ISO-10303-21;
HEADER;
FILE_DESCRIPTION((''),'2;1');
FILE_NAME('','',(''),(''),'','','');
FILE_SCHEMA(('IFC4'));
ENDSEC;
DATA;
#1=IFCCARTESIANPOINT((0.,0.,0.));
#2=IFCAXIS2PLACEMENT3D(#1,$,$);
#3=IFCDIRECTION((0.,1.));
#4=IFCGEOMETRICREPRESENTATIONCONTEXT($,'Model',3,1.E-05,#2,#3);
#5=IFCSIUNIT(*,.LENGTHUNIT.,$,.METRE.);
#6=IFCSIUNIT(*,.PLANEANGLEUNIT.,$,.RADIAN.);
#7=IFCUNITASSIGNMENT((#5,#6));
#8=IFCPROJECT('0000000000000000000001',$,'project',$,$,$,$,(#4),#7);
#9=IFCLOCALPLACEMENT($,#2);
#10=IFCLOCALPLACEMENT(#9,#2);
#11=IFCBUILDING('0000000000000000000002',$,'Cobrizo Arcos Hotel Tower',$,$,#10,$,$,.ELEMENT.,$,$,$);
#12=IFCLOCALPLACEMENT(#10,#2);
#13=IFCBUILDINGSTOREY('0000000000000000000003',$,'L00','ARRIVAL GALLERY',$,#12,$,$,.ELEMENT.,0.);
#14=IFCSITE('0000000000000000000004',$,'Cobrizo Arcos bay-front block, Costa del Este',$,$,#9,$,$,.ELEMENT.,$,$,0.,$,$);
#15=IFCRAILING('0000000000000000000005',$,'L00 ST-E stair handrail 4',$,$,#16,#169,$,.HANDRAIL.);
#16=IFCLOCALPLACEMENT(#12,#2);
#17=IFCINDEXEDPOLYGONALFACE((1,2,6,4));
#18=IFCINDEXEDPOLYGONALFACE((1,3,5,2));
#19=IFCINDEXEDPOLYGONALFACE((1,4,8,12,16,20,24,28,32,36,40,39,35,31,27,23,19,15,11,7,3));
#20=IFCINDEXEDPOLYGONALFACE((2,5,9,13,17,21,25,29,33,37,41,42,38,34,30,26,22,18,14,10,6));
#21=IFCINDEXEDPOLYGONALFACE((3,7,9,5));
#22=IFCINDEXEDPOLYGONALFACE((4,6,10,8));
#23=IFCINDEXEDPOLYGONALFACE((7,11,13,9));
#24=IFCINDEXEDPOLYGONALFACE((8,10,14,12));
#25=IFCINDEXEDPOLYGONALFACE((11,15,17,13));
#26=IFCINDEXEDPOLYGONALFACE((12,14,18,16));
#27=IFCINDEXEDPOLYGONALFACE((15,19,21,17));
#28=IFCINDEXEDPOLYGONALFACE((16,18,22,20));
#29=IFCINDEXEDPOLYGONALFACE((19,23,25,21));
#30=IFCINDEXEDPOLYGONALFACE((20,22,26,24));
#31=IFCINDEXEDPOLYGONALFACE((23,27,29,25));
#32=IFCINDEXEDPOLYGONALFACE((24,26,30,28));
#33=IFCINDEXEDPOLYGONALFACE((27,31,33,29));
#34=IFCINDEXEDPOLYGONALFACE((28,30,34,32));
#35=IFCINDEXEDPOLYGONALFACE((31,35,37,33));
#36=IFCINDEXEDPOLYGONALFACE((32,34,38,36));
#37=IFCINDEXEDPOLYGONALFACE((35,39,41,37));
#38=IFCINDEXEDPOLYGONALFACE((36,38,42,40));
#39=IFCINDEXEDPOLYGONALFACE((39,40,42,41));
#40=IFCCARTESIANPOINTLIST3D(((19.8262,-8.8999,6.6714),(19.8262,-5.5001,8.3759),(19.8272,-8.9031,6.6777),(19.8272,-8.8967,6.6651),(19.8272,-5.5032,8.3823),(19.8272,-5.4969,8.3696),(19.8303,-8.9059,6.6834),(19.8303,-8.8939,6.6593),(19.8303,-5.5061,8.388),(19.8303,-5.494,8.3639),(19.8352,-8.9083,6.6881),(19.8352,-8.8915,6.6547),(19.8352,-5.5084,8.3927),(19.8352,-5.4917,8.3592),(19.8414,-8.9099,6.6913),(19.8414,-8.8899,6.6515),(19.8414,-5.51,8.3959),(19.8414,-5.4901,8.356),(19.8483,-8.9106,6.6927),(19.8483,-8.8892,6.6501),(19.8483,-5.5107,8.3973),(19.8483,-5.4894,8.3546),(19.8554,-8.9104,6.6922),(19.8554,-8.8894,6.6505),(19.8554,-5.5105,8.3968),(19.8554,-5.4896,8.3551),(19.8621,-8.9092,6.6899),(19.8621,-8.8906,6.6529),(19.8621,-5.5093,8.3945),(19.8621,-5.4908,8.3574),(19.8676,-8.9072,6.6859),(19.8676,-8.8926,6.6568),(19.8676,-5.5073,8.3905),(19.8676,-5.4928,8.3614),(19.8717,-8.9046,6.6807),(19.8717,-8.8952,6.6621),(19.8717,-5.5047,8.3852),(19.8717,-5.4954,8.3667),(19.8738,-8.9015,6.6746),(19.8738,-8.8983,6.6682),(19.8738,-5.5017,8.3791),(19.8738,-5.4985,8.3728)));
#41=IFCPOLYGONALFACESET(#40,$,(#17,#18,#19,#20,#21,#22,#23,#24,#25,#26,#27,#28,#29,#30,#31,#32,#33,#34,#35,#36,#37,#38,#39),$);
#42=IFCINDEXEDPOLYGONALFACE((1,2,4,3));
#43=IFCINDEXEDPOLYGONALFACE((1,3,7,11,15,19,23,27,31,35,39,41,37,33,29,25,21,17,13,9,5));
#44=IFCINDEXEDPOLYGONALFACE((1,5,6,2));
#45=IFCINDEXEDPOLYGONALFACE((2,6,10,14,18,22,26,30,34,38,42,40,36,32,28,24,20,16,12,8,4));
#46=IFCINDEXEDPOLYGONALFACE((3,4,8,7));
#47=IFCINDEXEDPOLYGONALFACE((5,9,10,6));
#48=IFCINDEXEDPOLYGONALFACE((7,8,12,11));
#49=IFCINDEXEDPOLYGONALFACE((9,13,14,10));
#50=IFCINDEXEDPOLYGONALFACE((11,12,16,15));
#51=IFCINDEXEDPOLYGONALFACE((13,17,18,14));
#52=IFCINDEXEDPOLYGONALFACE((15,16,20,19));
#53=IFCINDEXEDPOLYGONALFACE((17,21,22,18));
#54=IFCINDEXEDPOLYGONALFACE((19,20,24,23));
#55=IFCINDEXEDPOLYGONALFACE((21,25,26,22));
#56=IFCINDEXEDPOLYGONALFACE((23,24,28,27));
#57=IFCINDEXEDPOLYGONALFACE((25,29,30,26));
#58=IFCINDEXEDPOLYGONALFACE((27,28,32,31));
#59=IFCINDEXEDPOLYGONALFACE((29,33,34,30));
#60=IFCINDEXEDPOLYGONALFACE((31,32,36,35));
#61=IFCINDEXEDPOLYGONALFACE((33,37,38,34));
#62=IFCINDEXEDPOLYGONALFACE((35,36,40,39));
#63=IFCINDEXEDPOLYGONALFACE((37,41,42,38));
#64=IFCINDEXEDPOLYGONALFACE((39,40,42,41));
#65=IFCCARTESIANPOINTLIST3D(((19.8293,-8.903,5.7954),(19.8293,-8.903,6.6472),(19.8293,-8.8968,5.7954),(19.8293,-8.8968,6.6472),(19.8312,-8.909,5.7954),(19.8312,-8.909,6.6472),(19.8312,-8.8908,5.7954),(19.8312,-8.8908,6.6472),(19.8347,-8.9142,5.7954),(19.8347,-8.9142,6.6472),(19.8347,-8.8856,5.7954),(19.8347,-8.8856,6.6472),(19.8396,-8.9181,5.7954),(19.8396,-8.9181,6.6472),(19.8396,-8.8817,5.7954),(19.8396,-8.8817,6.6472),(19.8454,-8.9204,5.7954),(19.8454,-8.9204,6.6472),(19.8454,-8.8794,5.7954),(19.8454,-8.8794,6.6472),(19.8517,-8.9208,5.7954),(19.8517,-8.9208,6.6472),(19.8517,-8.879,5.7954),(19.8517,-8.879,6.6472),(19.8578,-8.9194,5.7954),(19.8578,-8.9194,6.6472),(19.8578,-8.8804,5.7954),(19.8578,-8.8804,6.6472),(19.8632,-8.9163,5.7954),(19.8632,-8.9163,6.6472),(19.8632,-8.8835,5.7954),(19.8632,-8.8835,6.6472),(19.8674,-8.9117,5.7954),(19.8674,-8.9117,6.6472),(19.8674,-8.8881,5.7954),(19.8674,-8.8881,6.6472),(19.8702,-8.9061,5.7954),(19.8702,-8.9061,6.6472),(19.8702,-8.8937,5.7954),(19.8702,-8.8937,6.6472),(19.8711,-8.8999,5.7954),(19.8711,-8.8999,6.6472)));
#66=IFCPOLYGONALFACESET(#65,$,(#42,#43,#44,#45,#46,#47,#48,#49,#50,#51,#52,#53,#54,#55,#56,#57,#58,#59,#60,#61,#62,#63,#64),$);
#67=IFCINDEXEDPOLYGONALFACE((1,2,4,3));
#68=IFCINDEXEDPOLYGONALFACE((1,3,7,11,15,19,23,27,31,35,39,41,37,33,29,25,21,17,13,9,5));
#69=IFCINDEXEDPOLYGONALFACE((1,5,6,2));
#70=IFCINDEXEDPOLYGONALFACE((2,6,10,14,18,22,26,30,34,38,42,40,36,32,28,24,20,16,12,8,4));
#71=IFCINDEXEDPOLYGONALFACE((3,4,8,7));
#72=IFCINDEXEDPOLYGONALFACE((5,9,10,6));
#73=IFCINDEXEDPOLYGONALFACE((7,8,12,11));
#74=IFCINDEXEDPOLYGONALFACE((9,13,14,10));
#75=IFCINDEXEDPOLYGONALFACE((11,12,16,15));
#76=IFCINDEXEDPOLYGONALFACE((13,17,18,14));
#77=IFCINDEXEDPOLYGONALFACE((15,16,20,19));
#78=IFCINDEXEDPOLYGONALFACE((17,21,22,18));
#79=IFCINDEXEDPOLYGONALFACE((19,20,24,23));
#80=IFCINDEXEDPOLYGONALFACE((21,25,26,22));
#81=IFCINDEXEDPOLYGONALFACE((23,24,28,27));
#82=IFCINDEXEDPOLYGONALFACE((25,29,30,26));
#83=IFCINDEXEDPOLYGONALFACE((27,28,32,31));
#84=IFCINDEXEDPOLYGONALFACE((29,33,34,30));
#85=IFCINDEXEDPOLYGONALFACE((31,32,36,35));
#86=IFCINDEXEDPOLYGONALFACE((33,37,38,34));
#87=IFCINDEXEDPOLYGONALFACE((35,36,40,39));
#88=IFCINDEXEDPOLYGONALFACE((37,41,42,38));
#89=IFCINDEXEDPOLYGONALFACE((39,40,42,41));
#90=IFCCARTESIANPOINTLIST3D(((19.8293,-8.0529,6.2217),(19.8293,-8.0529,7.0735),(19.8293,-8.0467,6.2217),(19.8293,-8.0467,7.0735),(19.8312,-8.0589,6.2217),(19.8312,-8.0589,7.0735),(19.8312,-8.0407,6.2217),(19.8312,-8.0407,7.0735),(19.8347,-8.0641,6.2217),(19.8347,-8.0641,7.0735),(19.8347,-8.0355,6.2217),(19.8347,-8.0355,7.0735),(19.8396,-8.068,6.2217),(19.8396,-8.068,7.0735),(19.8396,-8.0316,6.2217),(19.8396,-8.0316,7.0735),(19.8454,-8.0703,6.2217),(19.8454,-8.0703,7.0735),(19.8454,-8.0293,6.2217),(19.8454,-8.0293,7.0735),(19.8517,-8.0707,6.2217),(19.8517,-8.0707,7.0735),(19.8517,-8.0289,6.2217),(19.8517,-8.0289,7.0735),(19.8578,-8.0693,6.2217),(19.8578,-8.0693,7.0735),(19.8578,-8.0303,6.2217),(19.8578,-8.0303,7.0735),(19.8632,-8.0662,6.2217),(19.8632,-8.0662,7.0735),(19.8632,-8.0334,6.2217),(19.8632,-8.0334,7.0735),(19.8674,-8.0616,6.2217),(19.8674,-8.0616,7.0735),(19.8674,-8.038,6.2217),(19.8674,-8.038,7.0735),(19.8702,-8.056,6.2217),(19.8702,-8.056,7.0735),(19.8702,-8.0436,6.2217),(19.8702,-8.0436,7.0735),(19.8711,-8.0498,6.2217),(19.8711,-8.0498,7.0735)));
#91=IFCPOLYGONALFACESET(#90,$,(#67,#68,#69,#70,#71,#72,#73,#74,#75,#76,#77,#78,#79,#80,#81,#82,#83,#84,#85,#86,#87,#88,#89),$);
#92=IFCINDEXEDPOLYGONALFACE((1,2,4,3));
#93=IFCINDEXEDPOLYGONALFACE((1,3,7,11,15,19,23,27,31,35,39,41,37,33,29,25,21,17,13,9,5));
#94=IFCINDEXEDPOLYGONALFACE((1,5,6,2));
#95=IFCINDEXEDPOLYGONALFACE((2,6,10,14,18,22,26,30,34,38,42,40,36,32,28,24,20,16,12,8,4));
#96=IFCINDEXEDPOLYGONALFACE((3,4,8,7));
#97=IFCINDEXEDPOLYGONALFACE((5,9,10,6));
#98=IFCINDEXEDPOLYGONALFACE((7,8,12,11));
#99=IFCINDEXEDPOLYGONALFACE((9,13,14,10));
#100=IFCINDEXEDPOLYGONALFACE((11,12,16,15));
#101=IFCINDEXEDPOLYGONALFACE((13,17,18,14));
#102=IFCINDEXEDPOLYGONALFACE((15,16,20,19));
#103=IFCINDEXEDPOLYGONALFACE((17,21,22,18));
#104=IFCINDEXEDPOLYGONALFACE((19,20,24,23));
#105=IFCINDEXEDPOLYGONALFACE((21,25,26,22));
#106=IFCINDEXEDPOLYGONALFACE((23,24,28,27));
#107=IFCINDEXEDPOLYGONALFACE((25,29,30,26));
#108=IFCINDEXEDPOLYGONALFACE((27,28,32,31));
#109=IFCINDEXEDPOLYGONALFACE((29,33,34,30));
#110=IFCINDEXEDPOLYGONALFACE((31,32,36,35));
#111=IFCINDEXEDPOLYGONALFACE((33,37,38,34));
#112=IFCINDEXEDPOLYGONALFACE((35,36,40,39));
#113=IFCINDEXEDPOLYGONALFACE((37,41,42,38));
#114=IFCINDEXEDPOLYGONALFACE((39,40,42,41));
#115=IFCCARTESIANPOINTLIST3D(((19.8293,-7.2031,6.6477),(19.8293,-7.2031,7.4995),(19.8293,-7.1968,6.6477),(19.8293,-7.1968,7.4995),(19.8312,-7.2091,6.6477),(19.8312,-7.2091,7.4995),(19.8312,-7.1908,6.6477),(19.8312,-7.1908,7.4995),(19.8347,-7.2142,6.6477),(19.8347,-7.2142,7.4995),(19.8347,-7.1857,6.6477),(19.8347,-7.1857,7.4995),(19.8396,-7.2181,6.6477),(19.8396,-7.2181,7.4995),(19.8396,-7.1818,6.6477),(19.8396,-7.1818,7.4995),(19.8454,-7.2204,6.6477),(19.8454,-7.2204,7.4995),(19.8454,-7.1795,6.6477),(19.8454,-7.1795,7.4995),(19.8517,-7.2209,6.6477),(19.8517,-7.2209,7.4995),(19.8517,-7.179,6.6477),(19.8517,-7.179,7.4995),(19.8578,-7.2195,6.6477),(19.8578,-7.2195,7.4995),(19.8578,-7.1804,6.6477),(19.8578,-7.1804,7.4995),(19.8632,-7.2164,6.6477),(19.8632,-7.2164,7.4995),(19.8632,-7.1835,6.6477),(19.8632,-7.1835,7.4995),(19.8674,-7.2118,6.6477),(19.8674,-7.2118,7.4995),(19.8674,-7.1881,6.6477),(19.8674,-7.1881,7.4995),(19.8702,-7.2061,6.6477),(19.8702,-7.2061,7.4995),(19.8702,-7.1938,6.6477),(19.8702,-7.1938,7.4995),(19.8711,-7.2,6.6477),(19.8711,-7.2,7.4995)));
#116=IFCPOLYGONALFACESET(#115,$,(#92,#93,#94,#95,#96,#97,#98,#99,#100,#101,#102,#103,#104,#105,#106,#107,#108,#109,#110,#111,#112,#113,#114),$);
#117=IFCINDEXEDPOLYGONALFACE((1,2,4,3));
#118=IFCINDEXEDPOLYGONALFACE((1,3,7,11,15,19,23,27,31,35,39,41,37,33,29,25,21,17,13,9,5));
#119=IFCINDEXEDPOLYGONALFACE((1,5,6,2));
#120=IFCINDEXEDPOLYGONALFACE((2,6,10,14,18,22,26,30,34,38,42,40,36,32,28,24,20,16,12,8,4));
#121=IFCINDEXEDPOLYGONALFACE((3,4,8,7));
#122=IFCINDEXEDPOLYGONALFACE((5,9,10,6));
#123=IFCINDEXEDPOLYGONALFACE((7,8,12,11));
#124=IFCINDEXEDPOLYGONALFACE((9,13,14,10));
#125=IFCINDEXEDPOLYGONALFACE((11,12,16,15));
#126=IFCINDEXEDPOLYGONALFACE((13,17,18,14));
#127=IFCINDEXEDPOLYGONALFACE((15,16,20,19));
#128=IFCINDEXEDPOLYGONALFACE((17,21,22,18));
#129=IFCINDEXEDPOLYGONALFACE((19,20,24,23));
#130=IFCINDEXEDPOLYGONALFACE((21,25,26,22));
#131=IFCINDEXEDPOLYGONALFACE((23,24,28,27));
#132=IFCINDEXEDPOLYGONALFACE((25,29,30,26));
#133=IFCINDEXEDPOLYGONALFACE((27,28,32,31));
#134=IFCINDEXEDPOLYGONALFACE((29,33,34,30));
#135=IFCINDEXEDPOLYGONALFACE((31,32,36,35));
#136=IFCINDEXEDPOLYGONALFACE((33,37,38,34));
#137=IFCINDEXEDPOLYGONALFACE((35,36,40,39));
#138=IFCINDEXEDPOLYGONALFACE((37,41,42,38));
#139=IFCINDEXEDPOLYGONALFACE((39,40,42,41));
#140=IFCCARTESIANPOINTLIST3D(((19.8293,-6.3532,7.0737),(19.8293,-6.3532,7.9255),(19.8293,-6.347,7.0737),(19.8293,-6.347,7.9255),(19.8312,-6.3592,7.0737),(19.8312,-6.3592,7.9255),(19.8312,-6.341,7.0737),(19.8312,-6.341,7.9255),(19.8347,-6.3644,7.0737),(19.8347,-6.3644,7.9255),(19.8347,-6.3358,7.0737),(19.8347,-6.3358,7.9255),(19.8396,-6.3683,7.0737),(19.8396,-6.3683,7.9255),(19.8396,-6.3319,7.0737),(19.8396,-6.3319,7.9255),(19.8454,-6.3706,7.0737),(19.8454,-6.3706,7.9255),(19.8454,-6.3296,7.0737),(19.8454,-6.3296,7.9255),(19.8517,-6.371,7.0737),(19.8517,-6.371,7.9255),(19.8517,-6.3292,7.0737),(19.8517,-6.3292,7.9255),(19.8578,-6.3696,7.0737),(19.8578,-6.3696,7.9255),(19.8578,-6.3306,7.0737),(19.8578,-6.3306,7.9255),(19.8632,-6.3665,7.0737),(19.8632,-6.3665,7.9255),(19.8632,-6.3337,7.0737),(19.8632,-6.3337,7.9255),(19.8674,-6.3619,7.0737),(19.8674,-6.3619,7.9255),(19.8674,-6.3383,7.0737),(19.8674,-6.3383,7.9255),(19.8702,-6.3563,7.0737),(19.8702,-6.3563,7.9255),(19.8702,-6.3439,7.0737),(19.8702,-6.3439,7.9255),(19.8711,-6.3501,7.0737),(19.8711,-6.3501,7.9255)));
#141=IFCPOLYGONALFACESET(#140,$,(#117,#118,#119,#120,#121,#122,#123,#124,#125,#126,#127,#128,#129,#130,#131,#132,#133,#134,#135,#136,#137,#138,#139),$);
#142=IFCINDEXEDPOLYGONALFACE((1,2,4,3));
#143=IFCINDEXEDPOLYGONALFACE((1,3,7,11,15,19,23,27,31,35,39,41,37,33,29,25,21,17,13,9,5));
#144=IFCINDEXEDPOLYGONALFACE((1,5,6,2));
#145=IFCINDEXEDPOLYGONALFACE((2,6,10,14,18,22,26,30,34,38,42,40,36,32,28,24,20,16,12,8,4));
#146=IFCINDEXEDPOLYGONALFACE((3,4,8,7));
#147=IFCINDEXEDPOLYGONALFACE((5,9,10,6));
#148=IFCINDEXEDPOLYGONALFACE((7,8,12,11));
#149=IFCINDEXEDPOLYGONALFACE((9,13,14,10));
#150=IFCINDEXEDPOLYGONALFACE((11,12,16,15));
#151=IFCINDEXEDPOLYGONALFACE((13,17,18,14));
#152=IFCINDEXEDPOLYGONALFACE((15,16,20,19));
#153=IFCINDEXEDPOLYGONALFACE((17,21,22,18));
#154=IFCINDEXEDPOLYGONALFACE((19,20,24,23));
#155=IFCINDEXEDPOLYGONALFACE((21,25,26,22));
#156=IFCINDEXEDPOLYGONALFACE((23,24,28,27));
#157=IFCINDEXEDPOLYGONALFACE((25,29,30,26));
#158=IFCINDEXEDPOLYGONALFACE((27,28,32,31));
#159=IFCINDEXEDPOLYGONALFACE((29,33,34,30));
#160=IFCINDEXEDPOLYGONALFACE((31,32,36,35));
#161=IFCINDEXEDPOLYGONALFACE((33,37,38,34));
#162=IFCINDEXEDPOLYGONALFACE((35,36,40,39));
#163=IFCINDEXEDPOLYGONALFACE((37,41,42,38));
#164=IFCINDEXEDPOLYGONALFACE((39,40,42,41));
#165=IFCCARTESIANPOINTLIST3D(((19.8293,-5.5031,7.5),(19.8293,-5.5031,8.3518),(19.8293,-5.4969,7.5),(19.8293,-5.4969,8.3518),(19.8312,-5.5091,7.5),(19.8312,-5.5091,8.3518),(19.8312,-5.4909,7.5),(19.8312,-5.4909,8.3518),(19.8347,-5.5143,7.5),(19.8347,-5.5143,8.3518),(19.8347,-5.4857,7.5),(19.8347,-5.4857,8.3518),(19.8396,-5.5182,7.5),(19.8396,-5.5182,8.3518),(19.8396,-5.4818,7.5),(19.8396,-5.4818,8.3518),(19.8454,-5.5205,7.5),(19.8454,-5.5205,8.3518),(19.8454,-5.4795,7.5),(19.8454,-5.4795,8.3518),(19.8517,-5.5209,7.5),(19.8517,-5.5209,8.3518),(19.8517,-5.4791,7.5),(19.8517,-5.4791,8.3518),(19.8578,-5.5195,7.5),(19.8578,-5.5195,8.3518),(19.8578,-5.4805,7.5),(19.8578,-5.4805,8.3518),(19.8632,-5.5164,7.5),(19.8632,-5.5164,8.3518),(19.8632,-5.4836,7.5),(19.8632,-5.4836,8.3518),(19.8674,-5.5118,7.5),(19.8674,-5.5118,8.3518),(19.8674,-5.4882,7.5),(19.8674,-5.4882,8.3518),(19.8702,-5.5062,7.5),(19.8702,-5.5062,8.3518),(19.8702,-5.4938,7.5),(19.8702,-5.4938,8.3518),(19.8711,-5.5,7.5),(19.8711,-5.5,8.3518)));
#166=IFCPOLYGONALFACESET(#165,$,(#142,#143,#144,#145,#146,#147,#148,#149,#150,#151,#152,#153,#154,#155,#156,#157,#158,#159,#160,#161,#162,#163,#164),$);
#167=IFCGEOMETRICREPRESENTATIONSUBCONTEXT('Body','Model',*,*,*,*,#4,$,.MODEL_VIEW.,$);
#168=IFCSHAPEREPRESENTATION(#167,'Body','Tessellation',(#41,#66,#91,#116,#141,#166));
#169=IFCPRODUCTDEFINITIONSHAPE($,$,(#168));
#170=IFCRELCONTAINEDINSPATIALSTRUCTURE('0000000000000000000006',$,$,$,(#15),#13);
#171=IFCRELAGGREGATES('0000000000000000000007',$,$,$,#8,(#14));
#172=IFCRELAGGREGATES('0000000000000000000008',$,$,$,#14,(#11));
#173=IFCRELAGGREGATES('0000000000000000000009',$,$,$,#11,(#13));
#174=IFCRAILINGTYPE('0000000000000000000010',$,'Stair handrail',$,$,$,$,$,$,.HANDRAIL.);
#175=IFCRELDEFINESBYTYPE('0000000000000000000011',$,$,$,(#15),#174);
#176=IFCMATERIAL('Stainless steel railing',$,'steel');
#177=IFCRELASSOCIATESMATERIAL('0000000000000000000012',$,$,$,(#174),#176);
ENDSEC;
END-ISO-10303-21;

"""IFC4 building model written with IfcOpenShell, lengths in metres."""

from ifc_helpers import new_model, si_unit, direction, frame, origin, origin_2d, place, context, subcontext, project, spatial, circle, extrude, material, type_object, element, save


model = new_model("IFC4")

# Units and contexts
model_context = context("Model", 3, precision=1e-05, world=origin(), true_north=direction((0.0, 1.0)))
body_context = subcontext(model_context, "Body", "Model", "MODEL_VIEW")
ifc_project = project(units=[si_unit("LENGTHUNIT", "METRE"), si_unit("PLANEANGLEUNIT", "RADIAN")], contexts=[model_context])

# Site, building, storey
site_placement = place(None, origin())
site = spatial("IfcSite", under=ifc_project, at=site_placement, Name="Cobrizo Arcos bay-front block, Costa del Este", CompositionType="ELEMENT", RefElevation=0.0)
building_placement = place(site_placement, origin())
building = spatial("IfcBuilding", under=site, at=building_placement, Name="Cobrizo Arcos Hotel Tower", CompositionType="ELEMENT")
storey_placement = place(building_placement, origin())
storey = spatial("IfcBuildingStorey", under=building, at=storey_placement, Name="L00", Description="ARRIVAL GALLERY", CompositionType="ELEMENT", Elevation=0.0)

# Railing
ifc_material_1 = material(Name="Stainless steel railing", Category="steel")
railing_type_1 = type_object("IfcRailingType", Name="Stair handrail", PredefinedType="HANDRAIL", material=ifc_material_1)
railing_1_placement = place(storey_placement, frame((19.8501, -8.8999, 5.7954)))
element("IfcRailing", 1, at=railing_1_placement, inside=storey, type_object=railing_type_1, Name="L00 ST-E stair handrail 4", PredefinedType="HANDRAIL", context=body_context, shape_type="SweptSolid", body=[
    extrude(circle(Radius=0.0239, at=origin_2d()), frame((0.0, 0.0, 0.876), z_axis=(0.0, 0.893939, 0.448189), x_axis=(-1.0, 0.0, 0.0)), (0.0, 0.0, 1.0), 3.8032),
    extrude(circle(Radius=0.021, at=origin_2d()), origin(), (0.0, 0.0, 1.0), 0.8518),
    extrude(circle(Radius=0.021, at=origin_2d()), frame((0.0, 0.8501, 0.4263)), (0.0, 0.0, 1.0), 0.8518),
    extrude(circle(Radius=0.021, at=origin_2d()), frame((0.0, 1.7, 0.8523)), (0.0, 0.0, 1.0), 0.8518),
    extrude(circle(Radius=0.021, at=origin_2d()), frame((0.0, 2.5498, 1.2783)), (0.0, 0.0, 1.0), 0.8518),
    extrude(circle(Radius=0.021, at=origin_2d()), frame((0.0, 3.3999, 1.7046)), (0.0, 0.0, 1.0), 0.8518),
])

save(model, "model.ifc")
